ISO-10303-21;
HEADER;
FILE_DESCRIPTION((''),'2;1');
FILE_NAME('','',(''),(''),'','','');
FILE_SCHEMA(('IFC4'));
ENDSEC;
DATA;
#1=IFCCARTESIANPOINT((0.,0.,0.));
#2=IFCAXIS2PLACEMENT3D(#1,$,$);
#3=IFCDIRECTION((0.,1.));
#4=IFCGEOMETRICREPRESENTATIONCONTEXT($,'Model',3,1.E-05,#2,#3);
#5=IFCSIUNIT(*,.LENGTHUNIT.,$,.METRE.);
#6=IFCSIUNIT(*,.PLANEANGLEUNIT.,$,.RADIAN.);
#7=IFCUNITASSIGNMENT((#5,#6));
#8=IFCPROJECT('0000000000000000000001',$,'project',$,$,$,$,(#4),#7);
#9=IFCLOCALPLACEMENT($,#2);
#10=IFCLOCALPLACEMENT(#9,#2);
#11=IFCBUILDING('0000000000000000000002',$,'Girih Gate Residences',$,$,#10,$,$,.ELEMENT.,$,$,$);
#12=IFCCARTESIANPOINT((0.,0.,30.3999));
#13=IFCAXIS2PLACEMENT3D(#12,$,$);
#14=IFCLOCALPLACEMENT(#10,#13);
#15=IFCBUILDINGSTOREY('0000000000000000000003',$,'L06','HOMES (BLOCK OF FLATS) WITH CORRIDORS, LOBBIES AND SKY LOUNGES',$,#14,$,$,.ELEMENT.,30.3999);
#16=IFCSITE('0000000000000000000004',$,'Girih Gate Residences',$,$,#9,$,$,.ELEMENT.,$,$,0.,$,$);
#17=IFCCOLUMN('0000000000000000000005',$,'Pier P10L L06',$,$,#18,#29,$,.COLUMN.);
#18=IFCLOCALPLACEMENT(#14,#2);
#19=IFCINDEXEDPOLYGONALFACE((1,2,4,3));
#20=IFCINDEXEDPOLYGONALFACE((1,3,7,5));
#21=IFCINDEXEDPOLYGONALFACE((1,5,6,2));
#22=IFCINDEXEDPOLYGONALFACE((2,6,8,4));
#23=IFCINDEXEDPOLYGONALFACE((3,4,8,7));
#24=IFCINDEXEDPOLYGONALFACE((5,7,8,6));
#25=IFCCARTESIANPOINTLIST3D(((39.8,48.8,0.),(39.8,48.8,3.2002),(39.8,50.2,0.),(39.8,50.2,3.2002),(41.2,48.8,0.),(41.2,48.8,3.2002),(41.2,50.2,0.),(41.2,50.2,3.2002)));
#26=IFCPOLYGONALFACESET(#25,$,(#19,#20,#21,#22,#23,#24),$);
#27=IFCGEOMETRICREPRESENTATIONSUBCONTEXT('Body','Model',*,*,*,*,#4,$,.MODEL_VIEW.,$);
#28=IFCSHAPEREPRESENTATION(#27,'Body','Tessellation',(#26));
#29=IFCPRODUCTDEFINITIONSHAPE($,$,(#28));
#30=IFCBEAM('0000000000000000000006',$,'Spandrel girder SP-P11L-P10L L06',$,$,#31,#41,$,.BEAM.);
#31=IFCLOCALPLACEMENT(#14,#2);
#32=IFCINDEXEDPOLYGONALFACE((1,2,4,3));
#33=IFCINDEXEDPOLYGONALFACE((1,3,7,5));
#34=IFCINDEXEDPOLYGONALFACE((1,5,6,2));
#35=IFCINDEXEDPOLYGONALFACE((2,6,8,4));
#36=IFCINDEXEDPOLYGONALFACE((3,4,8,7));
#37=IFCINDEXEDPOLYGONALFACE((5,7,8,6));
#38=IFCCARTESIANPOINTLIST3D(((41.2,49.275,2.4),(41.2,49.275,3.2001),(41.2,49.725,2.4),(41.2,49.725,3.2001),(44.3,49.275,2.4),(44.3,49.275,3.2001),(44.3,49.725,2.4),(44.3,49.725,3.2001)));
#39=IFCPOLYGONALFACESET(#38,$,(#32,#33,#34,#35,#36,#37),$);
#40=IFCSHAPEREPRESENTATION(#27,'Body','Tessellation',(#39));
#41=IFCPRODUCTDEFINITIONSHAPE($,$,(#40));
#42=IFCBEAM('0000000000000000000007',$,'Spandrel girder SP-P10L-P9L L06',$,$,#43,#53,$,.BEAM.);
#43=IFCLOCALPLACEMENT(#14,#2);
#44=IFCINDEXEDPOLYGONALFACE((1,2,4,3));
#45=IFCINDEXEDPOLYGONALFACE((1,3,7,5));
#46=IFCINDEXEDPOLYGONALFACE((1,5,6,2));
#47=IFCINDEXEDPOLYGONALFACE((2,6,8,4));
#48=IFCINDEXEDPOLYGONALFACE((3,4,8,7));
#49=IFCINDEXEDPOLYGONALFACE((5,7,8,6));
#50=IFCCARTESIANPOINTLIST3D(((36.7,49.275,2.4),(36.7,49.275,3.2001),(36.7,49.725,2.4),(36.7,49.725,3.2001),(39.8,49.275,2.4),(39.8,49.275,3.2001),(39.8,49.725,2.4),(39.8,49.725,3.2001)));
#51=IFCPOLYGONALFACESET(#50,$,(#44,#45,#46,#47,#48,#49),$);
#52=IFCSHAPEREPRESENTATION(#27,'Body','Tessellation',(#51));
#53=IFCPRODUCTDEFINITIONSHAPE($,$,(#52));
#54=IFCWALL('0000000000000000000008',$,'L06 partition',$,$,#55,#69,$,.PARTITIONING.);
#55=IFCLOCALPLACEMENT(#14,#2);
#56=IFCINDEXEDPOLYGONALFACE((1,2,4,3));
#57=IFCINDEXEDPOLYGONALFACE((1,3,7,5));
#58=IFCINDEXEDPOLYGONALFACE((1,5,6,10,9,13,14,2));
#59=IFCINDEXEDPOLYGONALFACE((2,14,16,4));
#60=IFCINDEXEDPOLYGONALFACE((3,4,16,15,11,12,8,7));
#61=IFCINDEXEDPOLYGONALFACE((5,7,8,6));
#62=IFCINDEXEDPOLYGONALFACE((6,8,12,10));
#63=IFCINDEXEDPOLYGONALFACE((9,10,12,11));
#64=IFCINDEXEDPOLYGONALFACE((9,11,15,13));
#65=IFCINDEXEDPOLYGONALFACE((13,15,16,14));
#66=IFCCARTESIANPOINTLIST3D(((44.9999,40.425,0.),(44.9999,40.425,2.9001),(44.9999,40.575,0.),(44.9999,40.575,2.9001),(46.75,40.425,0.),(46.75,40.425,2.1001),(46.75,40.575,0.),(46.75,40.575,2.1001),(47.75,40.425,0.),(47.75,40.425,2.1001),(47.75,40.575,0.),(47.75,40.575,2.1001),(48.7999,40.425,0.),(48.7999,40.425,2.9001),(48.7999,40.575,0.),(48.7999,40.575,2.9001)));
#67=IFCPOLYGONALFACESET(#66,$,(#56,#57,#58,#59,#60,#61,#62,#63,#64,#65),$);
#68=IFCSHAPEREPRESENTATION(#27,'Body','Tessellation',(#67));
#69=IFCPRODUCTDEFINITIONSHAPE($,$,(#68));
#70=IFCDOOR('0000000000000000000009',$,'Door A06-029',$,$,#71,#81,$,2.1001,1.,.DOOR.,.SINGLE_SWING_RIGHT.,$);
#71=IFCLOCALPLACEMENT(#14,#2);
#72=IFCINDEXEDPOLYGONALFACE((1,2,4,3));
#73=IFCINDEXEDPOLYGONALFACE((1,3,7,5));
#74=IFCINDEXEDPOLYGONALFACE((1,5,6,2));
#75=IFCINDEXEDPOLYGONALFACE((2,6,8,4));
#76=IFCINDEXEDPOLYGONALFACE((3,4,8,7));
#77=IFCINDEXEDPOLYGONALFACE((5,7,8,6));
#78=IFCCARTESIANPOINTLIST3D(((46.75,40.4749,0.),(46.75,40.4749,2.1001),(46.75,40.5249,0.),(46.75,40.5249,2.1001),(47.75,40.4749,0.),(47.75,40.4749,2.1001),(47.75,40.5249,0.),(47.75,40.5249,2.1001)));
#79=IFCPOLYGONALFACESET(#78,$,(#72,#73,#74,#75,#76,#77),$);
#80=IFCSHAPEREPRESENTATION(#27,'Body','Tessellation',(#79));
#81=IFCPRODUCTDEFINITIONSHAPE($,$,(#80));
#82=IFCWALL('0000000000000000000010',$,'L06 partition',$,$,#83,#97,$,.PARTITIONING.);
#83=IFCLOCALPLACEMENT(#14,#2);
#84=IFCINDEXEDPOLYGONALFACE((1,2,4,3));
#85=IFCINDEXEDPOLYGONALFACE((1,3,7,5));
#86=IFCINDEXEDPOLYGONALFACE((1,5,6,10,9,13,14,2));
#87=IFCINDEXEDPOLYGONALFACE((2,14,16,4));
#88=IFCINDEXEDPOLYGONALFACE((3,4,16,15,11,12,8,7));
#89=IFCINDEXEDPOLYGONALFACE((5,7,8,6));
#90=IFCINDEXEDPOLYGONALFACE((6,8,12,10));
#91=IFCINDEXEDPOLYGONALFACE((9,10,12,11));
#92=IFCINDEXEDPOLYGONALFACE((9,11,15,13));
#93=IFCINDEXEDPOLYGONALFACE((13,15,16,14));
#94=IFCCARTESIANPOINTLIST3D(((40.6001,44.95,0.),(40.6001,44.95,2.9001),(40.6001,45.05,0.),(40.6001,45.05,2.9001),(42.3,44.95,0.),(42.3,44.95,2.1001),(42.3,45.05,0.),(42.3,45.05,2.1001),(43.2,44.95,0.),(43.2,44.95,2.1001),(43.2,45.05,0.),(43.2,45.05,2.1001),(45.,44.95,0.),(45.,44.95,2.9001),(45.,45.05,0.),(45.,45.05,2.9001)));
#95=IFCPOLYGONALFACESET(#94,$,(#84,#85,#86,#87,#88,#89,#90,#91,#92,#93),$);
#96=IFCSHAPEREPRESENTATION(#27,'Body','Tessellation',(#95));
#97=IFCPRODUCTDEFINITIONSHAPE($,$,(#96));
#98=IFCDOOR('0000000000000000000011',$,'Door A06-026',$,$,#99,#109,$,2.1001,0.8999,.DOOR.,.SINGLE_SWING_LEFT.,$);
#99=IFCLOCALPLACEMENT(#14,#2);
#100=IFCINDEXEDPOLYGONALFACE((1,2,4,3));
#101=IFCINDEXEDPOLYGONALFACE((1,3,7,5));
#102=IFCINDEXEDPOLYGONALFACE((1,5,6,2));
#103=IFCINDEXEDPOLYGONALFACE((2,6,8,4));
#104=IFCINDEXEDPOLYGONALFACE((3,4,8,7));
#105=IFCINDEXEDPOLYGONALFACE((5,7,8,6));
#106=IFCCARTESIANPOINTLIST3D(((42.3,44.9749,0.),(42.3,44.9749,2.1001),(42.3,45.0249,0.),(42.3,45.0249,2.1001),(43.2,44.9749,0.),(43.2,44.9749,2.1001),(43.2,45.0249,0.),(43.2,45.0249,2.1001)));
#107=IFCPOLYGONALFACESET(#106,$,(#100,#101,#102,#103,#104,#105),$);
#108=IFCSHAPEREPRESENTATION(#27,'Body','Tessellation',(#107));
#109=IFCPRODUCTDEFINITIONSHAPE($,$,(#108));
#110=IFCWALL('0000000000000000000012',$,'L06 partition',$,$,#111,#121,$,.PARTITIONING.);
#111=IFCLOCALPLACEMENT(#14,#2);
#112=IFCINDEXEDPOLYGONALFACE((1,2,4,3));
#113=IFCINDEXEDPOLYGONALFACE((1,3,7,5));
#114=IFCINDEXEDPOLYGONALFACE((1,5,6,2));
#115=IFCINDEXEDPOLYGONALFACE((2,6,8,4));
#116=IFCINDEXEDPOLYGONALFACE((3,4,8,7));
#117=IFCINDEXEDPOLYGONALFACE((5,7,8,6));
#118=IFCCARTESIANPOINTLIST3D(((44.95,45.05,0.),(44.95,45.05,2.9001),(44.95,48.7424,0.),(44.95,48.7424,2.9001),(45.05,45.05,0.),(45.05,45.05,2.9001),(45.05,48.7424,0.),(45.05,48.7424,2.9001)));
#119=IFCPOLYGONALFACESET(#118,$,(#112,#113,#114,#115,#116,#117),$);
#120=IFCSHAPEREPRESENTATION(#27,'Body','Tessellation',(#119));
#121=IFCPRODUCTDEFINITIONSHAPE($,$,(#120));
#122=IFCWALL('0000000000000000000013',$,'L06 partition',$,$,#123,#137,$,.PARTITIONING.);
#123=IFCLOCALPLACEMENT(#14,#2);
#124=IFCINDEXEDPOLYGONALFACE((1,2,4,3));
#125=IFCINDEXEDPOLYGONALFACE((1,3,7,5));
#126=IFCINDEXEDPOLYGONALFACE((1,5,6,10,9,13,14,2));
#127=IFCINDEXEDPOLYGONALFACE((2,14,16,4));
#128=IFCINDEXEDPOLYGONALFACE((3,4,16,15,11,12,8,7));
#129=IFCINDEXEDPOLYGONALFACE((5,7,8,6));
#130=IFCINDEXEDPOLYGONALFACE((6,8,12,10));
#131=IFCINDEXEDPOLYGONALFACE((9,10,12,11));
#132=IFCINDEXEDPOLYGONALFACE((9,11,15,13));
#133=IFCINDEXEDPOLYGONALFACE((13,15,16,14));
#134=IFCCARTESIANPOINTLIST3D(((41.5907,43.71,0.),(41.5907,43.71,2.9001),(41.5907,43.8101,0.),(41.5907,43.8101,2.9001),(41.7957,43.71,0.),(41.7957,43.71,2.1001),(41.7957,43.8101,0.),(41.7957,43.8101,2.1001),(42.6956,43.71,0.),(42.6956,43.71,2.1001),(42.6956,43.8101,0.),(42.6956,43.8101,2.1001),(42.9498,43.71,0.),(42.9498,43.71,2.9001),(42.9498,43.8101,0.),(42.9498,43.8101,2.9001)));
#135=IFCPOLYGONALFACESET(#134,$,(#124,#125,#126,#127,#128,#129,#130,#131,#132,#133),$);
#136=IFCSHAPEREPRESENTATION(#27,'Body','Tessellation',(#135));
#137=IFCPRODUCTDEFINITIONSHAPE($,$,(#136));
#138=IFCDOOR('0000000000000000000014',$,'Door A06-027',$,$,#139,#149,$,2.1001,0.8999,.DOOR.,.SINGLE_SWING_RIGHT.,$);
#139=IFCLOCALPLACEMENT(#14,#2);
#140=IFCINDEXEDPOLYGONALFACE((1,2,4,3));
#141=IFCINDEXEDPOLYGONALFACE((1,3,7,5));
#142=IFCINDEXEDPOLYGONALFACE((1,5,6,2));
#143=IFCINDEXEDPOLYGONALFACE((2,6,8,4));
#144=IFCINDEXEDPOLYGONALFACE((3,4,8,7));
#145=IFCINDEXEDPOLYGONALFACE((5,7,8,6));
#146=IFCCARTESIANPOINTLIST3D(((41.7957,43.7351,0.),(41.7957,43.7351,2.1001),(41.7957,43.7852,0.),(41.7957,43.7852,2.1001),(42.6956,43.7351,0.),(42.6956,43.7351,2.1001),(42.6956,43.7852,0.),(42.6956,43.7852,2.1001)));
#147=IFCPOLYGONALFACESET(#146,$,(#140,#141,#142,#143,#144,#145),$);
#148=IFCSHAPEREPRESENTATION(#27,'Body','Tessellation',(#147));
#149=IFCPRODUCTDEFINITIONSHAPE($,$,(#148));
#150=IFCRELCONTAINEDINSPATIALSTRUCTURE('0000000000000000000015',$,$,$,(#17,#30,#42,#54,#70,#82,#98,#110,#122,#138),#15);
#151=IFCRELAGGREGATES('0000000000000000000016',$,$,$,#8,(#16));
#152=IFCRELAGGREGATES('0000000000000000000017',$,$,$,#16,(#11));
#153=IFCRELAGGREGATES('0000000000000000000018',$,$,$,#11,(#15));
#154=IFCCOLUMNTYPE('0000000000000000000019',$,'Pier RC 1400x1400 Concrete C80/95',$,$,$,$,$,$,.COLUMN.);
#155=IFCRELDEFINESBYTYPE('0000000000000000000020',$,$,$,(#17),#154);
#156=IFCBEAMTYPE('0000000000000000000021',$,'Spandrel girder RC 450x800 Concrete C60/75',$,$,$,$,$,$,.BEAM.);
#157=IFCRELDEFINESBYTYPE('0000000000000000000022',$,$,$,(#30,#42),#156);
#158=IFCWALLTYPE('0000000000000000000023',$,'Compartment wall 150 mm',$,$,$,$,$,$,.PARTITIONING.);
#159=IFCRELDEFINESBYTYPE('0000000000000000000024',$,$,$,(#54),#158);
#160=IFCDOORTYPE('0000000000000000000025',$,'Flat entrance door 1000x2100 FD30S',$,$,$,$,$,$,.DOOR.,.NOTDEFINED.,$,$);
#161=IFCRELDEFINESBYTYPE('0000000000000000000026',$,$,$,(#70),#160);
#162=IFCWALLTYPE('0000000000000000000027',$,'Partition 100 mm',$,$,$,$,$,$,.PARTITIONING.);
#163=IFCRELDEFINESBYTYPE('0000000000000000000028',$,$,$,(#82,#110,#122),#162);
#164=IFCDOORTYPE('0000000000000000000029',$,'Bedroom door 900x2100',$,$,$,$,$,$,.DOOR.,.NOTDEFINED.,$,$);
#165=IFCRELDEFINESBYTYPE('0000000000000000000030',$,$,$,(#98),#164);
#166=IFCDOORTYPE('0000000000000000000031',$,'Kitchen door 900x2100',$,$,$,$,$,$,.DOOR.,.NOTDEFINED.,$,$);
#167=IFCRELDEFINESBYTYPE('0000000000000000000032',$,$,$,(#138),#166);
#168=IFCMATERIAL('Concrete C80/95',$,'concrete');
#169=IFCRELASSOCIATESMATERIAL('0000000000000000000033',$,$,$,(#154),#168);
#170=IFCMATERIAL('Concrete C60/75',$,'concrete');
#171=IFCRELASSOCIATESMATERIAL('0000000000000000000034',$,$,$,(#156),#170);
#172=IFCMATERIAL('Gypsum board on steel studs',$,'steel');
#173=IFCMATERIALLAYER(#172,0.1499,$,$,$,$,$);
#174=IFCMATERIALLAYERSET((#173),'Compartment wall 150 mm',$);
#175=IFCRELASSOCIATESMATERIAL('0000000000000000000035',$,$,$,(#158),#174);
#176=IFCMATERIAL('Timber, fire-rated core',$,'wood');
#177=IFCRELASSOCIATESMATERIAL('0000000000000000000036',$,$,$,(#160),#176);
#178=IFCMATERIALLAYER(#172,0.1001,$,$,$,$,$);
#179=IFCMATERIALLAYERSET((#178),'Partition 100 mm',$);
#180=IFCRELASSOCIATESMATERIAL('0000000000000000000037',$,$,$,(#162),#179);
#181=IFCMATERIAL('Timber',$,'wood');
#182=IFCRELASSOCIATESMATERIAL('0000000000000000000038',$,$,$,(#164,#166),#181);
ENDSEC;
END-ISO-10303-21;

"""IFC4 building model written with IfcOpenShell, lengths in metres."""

from ifc_helpers import new_model, si_unit, direction, frame, frame_2d, origin, origin_2d, place, context, subcontext, project, spatial, rectangle, extrude, material, layer, layer_set, material_profile, profile_set, type_object, element, fill, save


model = new_model("IFC4")

# Units and contexts
model_context = context("Model", 3, precision=1e-05, world=origin(), true_north=direction((0.0, 1.0)))
body_context = subcontext(model_context, "Body", "Model", "MODEL_VIEW")
ifc_project = project(units=[si_unit("LENGTHUNIT", "METRE"), si_unit("PLANEANGLEUNIT", "RADIAN")], contexts=[model_context])

# Site, building, storey
site_placement = place(None, origin())
site = spatial("IfcSite", under=ifc_project, at=site_placement, Name="Girih Gate Residences", CompositionType="ELEMENT", RefElevation=0.0)
building_placement = place(site_placement, origin())
building = spatial("IfcBuilding", under=site, at=building_placement, Name="Girih Gate Residences", CompositionType="ELEMENT")
storey_placement = place(building_placement, frame((0.0, 0.0, 30.3999)))
storey = spatial("IfcBuildingStorey", under=building, at=storey_placement, Name="L06", Description="HOMES (BLOCK OF FLATS) WITH CORRIDORS, LOBBIES AND SKY LOUNGES", CompositionType="ELEMENT", Elevation=30.3999)

# Column
ifc_material_1 = material(Name="Concrete C80/95", Category="concrete")
ifc_material_profile_1 = material_profile(ifc_material_1, rectangle(XDim=1.3999, YDim=1.3999, at=origin_2d()))
ifc_profile_set_1 = profile_set([ifc_material_profile_1], Name="Concrete C80/95")
column_type = type_object("IfcColumnType", Name="Pier RC 1400x1400 Concrete C80/95", PredefinedType="COLUMN", material=ifc_profile_set_1)
column_placement = place(storey_placement, frame((40.5, 49.5, 0.0), z_axis=(0.0, 0.0, 1.0), x_axis=(1.0, 0.0, 0.0)))
element("IfcColumn", 1, at=column_placement, inside=storey, type_object=column_type, Name="Pier P10L L06", PredefinedType="COLUMN", context=body_context, shape_type="SweptSolid", body=[
    extrude(rectangle(XDim=1.3999, YDim=1.3999, at=origin_2d()), origin(), (0.0, 0.0, 1.0), 3.2002),
])

# Beams
ifc_material_2 = material(Name="Concrete C60/75", Category="concrete")
ifc_material_profile_2 = material_profile(ifc_material_2, rectangle(XDim=0.45, YDim=0.8, at=origin_2d()))
ifc_profile_set_2 = profile_set([ifc_material_profile_2], Name="Concrete C60/75")
beam_type = type_object("IfcBeamType", Name="Spandrel girder RC 450x800 Concrete C60/75", PredefinedType="BEAM", material=ifc_profile_set_2)
for number, where, z_axis, x_axis, name in (
    (2, (44.3, 49.5, 2.8), (-1.0, 0.0, 0.0), (0.0, -1.0, 0.0), "Spandrel girder SP-P11L-P10L L06"),
    (3, (39.8, 49.5, 2.8), (-1.0, 0.0, 0.0), (0.0, -1.0, 0.0), "Spandrel girder SP-P10L-P9L L06"),
):
    element("IfcBeam", number, at=place(storey_placement, frame(where, z_axis=z_axis, x_axis=x_axis)), inside=storey, type_object=beam_type, Name=name, PredefinedType="BEAM", context=body_context, shape_type="SweptSolid", body=[
        extrude(rectangle(XDim=0.45, YDim=0.8, at=origin_2d()), origin(), (0.0, 0.0, 1.0), 3.1001),
    ])

# Walls, openings, doors
ifc_material_3 = material(Name="Gypsum board on steel studs", Category="steel")
ifc_layer_1 = layer(ifc_material_3, 0.1499)
ifc_layer_set_1 = layer_set([ifc_layer_1], Name="Compartment wall 150 mm")
wall_type_1 = type_object("IfcWallType", Name="Compartment wall 150 mm", PredefinedType="PARTITIONING", material=ifc_layer_set_1)
wall_1_placement = place(storey_placement, frame((45.0, 40.5, 0.0), z_axis=(0.0, 0.0, 1.0), x_axis=(1.0, 0.0, 0.0)))
wall_1 = element("IfcWall", 4, at=wall_1_placement, inside=storey, type_object=wall_type_1, Name="L06 partition", PredefinedType="PARTITIONING", context=body_context, shape_type="SweptSolid", body=[
    extrude(rectangle(XDim=3.8, YDim=0.1499, at=frame_2d((1.8999, 0.0))), origin(), (0.0, 0.0, 1.0), 2.9001),
])
opening_1_placement = place(wall_1_placement, frame((1.75, 0.0, 0.0)))
opening_1 = element("IfcOpeningElement", 5, at=opening_1_placement, cuts=wall_1, PredefinedType="OPENING", context=body_context, shape_type="SweptSolid", body=[
    extrude(rectangle(XDim=1.0, YDim=2.1001, at=frame_2d((0.5, 1.05))), frame((0.0, 0.085, 0.0), z_axis=(0.0, -1.0, 0.0), x_axis=(1.0, 0.0, 0.0)), (0.0, 0.0, 1.0), 0.1699),
])
ifc_material_4 = material(Name="Timber, fire-rated core", Category="wood")
door_type_1 = type_object("IfcDoorType", Name="Flat entrance door 1000x2100 FD30S", OperationType="NOTDEFINED", PredefinedType="DOOR", material=ifc_material_4)
door_1_placement = place(opening_1_placement, origin())
door_1 = element("IfcDoor", 6, at=door_1_placement, inside=storey, type_object=door_type_1, Name="Door A06-029", OperationType="SINGLE_SWING_RIGHT", OverallHeight=2.1001, OverallWidth=1.0, PredefinedType="DOOR", context=body_context, shape_type="SweptSolid", body=[
    extrude(rectangle(XDim=1.0, YDim=2.1001, at=frame_2d((0.5, 1.05))), frame((0.0, 0.0249, 0.0), z_axis=(0.0, -1.0, 0.0), x_axis=(1.0, 0.0, 0.0)), (0.0, 0.0, 1.0), 0.05),
])
fill(opening_1, door_1)
ifc_layer_2 = layer(ifc_material_3, 0.1001)
ifc_layer_set_2 = layer_set([ifc_layer_2], Name="Partition 100 mm")
wall_type_2 = type_object("IfcWallType", Name="Partition 100 mm", PredefinedType="PARTITIONING", material=ifc_layer_set_2)
wall_2_placement = place(storey_placement, frame((40.6001, 45.0, 0.0), z_axis=(0.0, 0.0, 1.0), x_axis=(1.0, 0.0, 0.0)))
wall_2 = element("IfcWall", 7, at=wall_2_placement, inside=storey, type_object=wall_type_2, Name="L06 partition", PredefinedType="PARTITIONING", context=body_context, shape_type="SweptSolid", body=[
    extrude(rectangle(XDim=4.3999, YDim=0.1001, at=frame_2d((2.2, 0.0))), origin(), (0.0, 0.0, 1.0), 2.9001),
])
opening_2_placement = place(wall_2_placement, frame((1.7, 0.0, 0.0)))
opening_2 = element("IfcOpeningElement", 8, at=opening_2_placement, cuts=wall_2, PredefinedType="OPENING", context=body_context, shape_type="SweptSolid", body=[
    extrude(rectangle(XDim=0.8999, YDim=2.1001, at=frame_2d((0.45, 1.05))), frame((0.0, 0.0601, 0.0), z_axis=(0.0, -1.0, 0.0), x_axis=(1.0, 0.0, 0.0)), (0.0, 0.0, 1.0), 0.1201),
])
ifc_material_5 = material(Name="Timber", Category="wood")
door_type_2 = type_object("IfcDoorType", Name="Bedroom door 900x2100", OperationType="NOTDEFINED", PredefinedType="DOOR", material=ifc_material_5)
door_2_placement = place(opening_2_placement, origin())
door_2 = element("IfcDoor", 9, at=door_2_placement, inside=storey, type_object=door_type_2, Name="Door A06-026", OperationType="SINGLE_SWING_LEFT", OverallHeight=2.1001, OverallWidth=0.8999, PredefinedType="DOOR", context=body_context, shape_type="SweptSolid", body=[
    extrude(rectangle(XDim=0.8999, YDim=2.1001, at=frame_2d((0.45, 1.05))), frame((0.0, 0.0249, 0.0), z_axis=(0.0, -1.0, 0.0), x_axis=(1.0, 0.0, 0.0)), (0.0, 0.0, 1.0), 0.05),
])
fill(opening_2, door_2)

# Wall
wall_3_placement = place(storey_placement, frame((45.0, 45.05, 0.0), z_axis=(0.0, 0.0, 1.0), x_axis=(0.0, 1.0, 0.0)))
element("IfcWall", 10, at=wall_3_placement, inside=storey, type_object=wall_type_2, Name="L06 partition", PredefinedType="PARTITIONING", context=body_context, shape_type="SweptSolid", body=[
    extrude(rectangle(XDim=3.6924, YDim=0.1001, at=frame_2d((1.8462, 0.0))), origin(), (0.0, 0.0, 1.0), 2.9001),
])

# Wall, opening, door
wall_4_placement = place(storey_placement, frame((42.95, 43.76, 0.0), z_axis=(0.0, 0.0, 1.0), x_axis=(-1.0, 0.0, 0.0)))
wall_4 = element("IfcWall", 11, at=wall_4_placement, inside=storey, type_object=wall_type_2, Name="L06 partition", PredefinedType="PARTITIONING", context=body_context, shape_type="SweptSolid", body=[
    extrude(rectangle(XDim=1.3591, YDim=0.1001, at=frame_2d((0.6797, 0.0))), origin(), (0.0, 0.0, 1.0), 2.9001),
])
opening_3_placement = place(wall_4_placement, frame((0.2544, 0.0, 0.0)))
opening_3 = element("IfcOpeningElement", 12, at=opening_3_placement, cuts=wall_4, PredefinedType="OPENING", context=body_context, shape_type="SweptSolid", body=[
    extrude(rectangle(XDim=0.8999, YDim=2.1001, at=frame_2d((0.45, 1.05))), frame((0.0, 0.0601, 0.0), z_axis=(0.0, -1.0, 0.0), x_axis=(1.0, 0.0, 0.0)), (0.0, 0.0, 1.0), 0.1201),
])
door_type_3 = type_object("IfcDoorType", Name="Kitchen door 900x2100", OperationType="NOTDEFINED", PredefinedType="DOOR", material=ifc_material_5)
door_3_placement = place(opening_3_placement, origin())
door_3 = element("IfcDoor", 13, at=door_3_placement, inside=storey, type_object=door_type_3, Name="Door A06-027", OperationType="SINGLE_SWING_RIGHT", OverallHeight=2.1001, OverallWidth=0.8999, PredefinedType="DOOR", context=body_context, shape_type="SweptSolid", body=[
    extrude(rectangle(XDim=0.8999, YDim=2.1001, at=frame_2d((0.45, 1.05))), frame((0.0, 0.0249, 0.0), z_axis=(0.0, -1.0, 0.0), x_axis=(1.0, 0.0, 0.0)), (0.0, 0.0, 1.0), 0.05),
])
fill(opening_3, door_3)

save(model, "model.ifc")
